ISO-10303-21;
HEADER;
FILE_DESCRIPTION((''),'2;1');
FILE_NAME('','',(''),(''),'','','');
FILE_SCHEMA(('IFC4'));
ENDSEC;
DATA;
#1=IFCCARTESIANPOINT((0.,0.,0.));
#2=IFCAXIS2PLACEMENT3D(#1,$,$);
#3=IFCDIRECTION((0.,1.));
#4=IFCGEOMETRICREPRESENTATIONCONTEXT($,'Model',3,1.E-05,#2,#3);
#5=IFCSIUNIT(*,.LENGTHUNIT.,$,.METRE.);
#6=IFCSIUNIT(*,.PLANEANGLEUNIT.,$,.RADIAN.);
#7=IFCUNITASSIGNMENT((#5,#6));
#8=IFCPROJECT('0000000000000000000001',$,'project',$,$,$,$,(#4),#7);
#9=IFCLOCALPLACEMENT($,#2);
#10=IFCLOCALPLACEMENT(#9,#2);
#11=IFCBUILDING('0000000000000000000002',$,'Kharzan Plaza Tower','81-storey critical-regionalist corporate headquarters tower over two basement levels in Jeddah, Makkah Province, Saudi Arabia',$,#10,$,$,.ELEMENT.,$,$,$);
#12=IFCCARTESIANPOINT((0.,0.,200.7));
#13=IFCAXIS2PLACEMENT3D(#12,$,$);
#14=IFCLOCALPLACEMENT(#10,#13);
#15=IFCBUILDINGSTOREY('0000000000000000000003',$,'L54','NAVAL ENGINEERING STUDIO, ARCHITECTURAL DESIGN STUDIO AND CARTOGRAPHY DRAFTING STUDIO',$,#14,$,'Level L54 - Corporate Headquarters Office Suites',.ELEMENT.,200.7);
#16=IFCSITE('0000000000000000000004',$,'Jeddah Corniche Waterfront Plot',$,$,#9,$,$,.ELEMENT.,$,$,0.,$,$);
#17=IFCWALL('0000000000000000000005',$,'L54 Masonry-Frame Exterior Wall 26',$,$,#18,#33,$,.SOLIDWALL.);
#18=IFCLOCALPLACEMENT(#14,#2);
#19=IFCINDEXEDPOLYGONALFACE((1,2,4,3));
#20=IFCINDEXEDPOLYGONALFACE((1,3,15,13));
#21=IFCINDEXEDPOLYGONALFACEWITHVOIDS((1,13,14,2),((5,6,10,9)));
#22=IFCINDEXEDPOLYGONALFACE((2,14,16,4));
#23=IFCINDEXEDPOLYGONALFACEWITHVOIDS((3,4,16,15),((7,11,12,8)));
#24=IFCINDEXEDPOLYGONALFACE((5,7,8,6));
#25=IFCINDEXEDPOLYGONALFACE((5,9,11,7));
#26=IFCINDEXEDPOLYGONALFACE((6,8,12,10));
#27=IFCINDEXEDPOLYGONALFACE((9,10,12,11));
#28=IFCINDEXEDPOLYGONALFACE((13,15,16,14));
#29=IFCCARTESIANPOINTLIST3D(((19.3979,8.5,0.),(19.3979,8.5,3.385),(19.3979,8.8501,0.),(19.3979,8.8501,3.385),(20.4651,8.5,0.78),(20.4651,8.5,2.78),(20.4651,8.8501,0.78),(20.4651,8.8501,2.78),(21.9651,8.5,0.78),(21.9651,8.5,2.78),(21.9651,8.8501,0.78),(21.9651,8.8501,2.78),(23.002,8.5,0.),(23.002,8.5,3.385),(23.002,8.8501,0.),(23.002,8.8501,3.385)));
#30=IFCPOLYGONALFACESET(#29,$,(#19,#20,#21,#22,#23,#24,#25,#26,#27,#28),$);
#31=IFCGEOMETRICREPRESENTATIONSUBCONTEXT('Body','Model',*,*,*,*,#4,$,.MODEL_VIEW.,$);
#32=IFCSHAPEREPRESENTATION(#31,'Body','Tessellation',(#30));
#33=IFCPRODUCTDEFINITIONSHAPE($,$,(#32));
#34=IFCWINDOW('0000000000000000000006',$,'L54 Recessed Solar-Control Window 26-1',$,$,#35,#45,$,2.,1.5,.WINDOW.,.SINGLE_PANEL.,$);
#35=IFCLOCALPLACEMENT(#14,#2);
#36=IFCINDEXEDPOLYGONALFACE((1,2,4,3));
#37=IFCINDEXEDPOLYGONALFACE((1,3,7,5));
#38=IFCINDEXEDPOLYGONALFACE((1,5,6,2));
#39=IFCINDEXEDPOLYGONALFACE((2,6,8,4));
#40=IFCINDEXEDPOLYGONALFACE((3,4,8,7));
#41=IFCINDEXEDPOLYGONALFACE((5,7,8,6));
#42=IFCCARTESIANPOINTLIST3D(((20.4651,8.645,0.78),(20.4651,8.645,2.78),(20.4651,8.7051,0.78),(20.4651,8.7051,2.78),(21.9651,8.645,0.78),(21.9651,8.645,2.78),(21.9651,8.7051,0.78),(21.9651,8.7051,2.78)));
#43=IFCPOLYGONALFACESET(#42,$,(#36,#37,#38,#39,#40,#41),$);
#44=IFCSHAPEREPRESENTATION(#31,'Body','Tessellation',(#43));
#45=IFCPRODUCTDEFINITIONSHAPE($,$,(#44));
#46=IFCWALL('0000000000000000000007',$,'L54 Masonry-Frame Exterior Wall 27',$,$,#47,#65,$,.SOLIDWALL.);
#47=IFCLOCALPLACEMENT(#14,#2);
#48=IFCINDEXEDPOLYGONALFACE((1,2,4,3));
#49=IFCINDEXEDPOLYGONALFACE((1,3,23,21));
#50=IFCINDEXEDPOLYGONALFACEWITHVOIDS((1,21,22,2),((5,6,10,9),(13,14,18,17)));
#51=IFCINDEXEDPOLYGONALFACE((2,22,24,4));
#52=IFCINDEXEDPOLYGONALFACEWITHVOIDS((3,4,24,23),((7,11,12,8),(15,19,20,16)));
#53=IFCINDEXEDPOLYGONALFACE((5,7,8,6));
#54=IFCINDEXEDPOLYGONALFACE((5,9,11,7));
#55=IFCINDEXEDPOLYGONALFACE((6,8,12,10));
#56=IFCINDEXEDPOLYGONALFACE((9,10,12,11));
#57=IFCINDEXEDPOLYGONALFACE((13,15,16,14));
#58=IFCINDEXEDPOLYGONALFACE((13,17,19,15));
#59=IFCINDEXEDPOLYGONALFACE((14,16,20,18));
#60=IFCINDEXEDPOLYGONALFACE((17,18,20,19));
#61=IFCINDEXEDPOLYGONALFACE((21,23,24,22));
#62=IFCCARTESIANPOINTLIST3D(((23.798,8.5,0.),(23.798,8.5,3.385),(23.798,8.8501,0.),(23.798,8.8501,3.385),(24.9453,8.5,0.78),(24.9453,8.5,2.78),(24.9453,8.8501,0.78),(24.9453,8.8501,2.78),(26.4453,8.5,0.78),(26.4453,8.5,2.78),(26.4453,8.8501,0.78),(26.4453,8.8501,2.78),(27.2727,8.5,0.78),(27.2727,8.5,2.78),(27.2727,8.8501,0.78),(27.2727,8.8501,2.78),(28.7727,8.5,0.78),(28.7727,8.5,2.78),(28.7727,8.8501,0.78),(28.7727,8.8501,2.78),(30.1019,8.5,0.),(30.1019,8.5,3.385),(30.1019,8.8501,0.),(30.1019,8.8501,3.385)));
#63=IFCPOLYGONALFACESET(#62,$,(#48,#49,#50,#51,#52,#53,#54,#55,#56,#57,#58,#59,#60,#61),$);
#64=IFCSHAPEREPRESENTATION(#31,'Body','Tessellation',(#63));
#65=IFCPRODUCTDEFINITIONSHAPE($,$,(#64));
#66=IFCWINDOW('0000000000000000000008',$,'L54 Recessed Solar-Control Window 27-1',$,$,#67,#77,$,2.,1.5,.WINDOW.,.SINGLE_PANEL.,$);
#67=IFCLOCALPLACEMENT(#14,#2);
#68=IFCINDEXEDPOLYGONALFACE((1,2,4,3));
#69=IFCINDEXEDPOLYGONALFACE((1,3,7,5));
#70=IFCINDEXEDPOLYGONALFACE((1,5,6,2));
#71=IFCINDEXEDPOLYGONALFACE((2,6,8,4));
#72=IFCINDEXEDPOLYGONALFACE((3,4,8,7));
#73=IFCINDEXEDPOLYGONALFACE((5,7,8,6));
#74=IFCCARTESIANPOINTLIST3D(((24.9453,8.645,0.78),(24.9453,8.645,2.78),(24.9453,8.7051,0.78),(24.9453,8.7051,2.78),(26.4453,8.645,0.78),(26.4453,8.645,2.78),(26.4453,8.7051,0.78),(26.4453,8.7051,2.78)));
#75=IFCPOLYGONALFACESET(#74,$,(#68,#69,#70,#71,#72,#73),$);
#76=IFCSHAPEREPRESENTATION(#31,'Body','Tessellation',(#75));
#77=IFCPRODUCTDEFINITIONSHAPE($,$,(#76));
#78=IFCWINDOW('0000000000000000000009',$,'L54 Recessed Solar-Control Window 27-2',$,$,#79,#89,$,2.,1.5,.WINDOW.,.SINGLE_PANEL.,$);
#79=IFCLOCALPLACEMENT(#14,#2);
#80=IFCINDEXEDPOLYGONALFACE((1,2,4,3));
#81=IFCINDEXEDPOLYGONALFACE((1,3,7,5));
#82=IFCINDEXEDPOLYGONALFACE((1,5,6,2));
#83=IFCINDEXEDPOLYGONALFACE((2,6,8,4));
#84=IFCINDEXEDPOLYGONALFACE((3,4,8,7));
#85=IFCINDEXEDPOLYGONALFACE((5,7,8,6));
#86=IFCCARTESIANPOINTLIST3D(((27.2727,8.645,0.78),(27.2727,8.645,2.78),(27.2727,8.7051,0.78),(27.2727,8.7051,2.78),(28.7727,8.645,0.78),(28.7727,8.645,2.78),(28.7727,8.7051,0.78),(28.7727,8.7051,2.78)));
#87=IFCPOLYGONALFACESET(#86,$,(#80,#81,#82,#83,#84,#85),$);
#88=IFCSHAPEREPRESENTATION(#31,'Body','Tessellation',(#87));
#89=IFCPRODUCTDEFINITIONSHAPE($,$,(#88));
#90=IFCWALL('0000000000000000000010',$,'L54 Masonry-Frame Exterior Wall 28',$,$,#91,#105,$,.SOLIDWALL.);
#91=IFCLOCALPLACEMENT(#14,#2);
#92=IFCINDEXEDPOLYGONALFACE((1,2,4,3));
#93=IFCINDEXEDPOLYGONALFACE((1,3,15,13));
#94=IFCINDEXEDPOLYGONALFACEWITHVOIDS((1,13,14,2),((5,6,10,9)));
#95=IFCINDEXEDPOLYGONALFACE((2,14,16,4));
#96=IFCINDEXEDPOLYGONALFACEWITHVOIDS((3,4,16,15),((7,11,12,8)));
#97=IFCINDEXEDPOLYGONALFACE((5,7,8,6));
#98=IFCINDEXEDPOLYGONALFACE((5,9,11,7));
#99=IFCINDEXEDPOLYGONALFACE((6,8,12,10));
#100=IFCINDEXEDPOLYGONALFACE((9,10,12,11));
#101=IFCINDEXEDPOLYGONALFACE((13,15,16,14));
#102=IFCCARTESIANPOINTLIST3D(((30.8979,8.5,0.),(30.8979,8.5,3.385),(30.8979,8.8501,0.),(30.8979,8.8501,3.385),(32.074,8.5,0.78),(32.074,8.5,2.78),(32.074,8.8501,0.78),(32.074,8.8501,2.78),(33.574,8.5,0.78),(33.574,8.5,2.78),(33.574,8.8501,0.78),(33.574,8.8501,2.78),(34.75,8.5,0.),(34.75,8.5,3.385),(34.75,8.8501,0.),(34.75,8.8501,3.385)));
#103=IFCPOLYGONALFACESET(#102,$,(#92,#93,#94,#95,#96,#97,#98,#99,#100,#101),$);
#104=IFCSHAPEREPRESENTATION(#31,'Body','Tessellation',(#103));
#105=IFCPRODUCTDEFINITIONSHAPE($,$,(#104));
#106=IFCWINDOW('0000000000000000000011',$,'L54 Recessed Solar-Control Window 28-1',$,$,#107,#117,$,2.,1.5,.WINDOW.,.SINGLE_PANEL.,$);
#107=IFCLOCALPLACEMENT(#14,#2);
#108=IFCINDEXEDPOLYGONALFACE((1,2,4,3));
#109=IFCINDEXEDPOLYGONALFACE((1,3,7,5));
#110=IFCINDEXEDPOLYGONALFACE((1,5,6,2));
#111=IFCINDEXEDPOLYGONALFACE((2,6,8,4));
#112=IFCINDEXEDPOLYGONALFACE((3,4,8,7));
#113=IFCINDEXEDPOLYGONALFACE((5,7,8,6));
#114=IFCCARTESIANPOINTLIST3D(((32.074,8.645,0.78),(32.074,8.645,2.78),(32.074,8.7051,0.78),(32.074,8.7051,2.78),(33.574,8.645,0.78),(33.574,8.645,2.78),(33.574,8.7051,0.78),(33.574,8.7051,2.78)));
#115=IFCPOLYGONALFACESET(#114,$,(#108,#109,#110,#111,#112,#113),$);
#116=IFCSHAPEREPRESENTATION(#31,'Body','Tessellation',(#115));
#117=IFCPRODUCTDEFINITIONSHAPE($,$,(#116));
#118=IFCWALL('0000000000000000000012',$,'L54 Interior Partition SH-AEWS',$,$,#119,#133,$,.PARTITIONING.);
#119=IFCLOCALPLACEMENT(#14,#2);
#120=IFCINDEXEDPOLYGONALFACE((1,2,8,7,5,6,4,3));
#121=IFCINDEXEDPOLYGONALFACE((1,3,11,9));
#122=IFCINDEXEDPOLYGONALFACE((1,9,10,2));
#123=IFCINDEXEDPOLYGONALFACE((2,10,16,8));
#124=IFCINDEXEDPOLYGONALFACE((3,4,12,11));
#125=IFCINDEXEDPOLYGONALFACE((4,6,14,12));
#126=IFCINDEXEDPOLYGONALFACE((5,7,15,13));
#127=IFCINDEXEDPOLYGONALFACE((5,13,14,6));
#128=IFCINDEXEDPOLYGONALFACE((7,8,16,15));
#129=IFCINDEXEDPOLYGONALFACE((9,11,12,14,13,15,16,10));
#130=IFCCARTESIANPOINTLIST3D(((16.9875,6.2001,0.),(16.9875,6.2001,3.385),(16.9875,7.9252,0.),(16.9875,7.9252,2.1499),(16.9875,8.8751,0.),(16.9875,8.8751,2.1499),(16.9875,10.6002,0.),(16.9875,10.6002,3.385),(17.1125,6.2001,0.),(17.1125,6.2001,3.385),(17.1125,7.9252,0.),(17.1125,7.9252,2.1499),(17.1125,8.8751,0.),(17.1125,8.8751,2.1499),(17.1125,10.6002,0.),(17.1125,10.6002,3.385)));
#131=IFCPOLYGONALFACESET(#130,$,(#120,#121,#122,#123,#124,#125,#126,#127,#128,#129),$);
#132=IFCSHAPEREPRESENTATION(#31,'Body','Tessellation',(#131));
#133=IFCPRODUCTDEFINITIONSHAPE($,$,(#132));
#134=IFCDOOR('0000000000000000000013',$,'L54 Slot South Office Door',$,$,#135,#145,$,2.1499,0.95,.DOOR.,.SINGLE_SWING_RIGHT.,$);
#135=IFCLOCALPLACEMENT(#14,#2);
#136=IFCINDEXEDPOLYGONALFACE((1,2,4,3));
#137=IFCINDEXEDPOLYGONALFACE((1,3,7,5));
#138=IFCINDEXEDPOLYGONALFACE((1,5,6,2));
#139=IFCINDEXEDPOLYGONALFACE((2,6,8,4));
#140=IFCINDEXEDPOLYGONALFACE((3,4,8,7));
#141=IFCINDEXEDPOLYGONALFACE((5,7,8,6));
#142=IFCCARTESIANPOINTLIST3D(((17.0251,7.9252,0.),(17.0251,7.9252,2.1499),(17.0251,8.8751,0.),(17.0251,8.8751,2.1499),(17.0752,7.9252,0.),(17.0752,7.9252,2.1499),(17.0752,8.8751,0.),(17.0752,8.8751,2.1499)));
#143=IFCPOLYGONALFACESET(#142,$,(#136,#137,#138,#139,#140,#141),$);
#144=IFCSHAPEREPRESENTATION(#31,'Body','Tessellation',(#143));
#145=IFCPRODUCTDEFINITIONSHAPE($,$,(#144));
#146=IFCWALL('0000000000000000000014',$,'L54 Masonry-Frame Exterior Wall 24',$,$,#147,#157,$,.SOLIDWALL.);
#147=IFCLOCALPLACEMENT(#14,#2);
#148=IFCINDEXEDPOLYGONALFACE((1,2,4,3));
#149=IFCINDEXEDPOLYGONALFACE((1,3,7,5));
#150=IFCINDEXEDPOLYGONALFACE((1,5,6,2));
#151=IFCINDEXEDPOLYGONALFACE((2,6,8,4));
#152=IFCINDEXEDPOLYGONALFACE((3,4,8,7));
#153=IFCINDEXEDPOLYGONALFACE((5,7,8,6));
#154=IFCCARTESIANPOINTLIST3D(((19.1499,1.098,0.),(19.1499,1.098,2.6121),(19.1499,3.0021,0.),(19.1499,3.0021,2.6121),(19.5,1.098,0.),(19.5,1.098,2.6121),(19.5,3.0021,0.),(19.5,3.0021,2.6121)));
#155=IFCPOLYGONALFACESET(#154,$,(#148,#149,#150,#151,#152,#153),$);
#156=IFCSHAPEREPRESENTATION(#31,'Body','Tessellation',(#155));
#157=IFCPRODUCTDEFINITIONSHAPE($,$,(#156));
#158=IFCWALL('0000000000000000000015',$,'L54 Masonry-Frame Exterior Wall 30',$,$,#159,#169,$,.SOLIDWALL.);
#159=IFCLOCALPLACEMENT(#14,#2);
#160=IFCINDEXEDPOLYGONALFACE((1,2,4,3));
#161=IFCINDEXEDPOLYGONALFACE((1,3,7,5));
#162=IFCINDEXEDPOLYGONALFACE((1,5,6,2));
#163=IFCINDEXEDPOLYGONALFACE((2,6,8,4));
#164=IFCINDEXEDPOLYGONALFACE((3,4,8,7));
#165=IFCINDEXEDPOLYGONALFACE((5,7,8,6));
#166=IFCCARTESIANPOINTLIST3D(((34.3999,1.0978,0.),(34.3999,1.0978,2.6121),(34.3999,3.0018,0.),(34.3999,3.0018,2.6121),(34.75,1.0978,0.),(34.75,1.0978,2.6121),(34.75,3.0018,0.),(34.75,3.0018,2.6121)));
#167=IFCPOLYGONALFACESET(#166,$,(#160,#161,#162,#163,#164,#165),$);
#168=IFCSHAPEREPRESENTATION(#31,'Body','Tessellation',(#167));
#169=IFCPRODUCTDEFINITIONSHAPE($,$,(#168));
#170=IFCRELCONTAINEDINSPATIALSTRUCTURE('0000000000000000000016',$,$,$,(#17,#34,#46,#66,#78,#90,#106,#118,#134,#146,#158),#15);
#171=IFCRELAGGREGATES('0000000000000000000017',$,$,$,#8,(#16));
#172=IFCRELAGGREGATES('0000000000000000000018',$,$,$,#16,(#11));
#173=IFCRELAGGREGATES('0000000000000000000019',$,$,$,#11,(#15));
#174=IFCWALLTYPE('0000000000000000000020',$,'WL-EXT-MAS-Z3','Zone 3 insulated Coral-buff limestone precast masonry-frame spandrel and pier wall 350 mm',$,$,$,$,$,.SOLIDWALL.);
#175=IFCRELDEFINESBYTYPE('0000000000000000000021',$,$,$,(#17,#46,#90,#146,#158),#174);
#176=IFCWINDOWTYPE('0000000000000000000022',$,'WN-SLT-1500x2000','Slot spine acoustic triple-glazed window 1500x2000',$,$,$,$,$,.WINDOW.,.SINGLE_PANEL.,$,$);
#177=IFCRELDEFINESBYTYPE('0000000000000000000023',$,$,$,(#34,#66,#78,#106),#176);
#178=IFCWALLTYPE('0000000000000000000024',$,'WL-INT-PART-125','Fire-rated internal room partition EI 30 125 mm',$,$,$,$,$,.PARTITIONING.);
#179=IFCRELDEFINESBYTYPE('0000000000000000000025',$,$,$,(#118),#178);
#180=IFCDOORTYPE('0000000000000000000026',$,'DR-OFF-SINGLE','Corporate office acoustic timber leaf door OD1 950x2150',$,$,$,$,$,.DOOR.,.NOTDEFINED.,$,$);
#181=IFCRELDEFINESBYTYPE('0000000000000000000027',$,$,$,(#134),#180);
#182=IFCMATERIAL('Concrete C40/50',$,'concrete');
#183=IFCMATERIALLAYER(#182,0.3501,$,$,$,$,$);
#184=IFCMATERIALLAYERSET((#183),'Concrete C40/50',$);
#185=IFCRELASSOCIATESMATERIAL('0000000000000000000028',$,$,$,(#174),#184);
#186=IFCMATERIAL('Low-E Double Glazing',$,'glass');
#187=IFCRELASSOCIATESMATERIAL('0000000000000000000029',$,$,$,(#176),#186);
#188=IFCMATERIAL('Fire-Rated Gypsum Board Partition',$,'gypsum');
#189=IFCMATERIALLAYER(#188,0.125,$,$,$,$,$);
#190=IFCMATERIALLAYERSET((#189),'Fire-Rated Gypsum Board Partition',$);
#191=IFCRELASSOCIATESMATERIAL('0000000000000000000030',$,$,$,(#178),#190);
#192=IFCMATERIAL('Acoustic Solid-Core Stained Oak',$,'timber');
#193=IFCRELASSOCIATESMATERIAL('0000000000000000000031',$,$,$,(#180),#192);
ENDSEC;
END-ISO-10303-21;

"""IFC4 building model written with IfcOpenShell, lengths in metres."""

from ifc_helpers import new_model, si_unit, direction, frame, frame_2d, origin, place, context, subcontext, project, spatial, rectangle, extrude, source, transform, mapped, material, layer, layer_set, type_object, element, fill, save


model = new_model("IFC4")

# Units and contexts
model_context = context("Model", 3, precision=1e-05, world=origin(), true_north=direction((0.0, 1.0)))
body_context = subcontext(model_context, "Body", "Model", "MODEL_VIEW")
ifc_project = project(units=[si_unit("LENGTHUNIT", "METRE"), si_unit("PLANEANGLEUNIT", "RADIAN")], contexts=[model_context])

# Site, building, storey
site_placement = place(None, origin())
site = spatial("IfcSite", under=ifc_project, at=site_placement, Name="Jeddah Corniche Waterfront Plot", CompositionType="ELEMENT", RefElevation=0.0)
building_placement = place(site_placement, origin())
building = spatial("IfcBuilding", under=site, at=building_placement, Name="Kharzan Plaza Tower", Description="81-storey critical-regionalist corporate headquarters tower over two basement levels in Jeddah, Makkah Province, Saudi Arabia", CompositionType="ELEMENT")
storey_placement = place(building_placement, frame((0.0, 0.0, 200.7)))
storey = spatial("IfcBuildingStorey", under=building, at=storey_placement, Name="L54", Description="NAVAL ENGINEERING STUDIO, ARCHITECTURAL DESIGN STUDIO AND CARTOGRAPHY DRAFTING STUDIO", LongName="Level L54 - Corporate Headquarters Office Suites", CompositionType="ELEMENT", Elevation=200.7)

# Wall, opening, window
ifc_material_1 = material(Name="Concrete C40/50", Category="concrete")
ifc_layer_1 = layer(ifc_material_1, 0.3501)
ifc_layer_set_1 = layer_set([ifc_layer_1], Name="Concrete C40/50")
wall_type_1 = type_object("IfcWallType", Name="WL-EXT-MAS-Z3", Description="Zone 3 insulated Coral-buff limestone precast masonry-frame spandrel and pier wall 350 mm", PredefinedType="SOLIDWALL", material=ifc_layer_set_1)
wall_1_placement = place(storey_placement, frame((19.3979, 8.675, 0.0), z_axis=(0.0, 0.0, 1.0), x_axis=(1.0, 0.0, 0.0)))
wall_1 = element("IfcWall", 1, at=wall_1_placement, inside=storey, type_object=wall_type_1, Name="L54 Masonry-Frame Exterior Wall 26", PredefinedType="SOLIDWALL", context=body_context, shape_type="SweptSolid", body=[
    extrude(rectangle(XDim=3.604, YDim=0.3501, at=frame_2d((1.802, 0.0))), origin(), (0.0, 0.0, 1.0), 3.385),
])
opening_1_placement = place(wall_1_placement, frame((1.0671, 0.0, 0.78)))
opening_1 = element("IfcOpeningElement", 2, at=opening_1_placement, cuts=wall_1, PredefinedType="OPENING", context=body_context, shape_type="SweptSolid", body=[
    extrude(rectangle(XDim=1.5, YDim=2.0, at=frame_2d((0.75, 1.0))), frame((0.0, 0.1851, 0.0), z_axis=(0.0, -1.0, 0.0), x_axis=(1.0, 0.0, 0.0)), (0.0, 0.0, 1.0), 0.3701),
])
ifc_material_2 = material(Name="Low-E Double Glazing", Category="glass")
window_type = type_object("IfcWindowType", Name="WN-SLT-1500x2000", Description="Slot spine acoustic triple-glazed window 1500x2000", PartitioningType="SINGLE_PANEL", PredefinedType="WINDOW", material=ifc_material_2)
shared_shape_1 = source(origin(), body_context, "Body", "SweptSolid", [
    extrude(rectangle(XDim=1.5, YDim=2.0, at=frame_2d((0.75, 1.0))), frame((0.0, 0.03, 0.0), z_axis=(0.0, -1.0, 0.0), x_axis=(1.0, 0.0, 0.0)), (0.0, 0.0, 1.0), 0.0601),
])
window_1_placement = place(opening_1_placement, origin())
window_1 = element("IfcWindow", 3, at=window_1_placement, inside=storey, type_object=window_type, Name="L54 Recessed Solar-Control Window 26-1", OverallHeight=2.0, OverallWidth=1.5, PartitioningType="SINGLE_PANEL", PredefinedType="WINDOW", context=body_context, shape_type="MappedRepresentation", body=[
    mapped(shared_shape_1, transform((0.0, 0.0, 0.0), x_axis=(1.0, 0.0, 0.0), y_axis=(0.0, 1.0, 0.0), z_axis=(0.0, 0.0, 1.0))),
])
fill(opening_1, window_1)

# Wall, openings, windows
wall_2_placement = place(storey_placement, frame((23.7981, 8.675, 0.0), z_axis=(0.0, 0.0, 1.0), x_axis=(1.0, 0.0, 0.0)))
wall_2 = element("IfcWall", 4, at=wall_2_placement, inside=storey, type_object=wall_type_1, Name="L54 Masonry-Frame Exterior Wall 27", PredefinedType="SOLIDWALL", context=body_context, shape_type="SweptSolid", body=[
    extrude(rectangle(XDim=6.304, YDim=0.3501, at=frame_2d((3.1519, 0.0))), origin(), (0.0, 0.0, 1.0), 3.385),
])
opening_2_placement = place(wall_2_placement, frame((1.1472, 0.0, 0.78)))
opening_2 = element("IfcOpeningElement", 5, at=opening_2_placement, cuts=wall_2, PredefinedType="OPENING", context=body_context, shape_type="SweptSolid", body=[
    extrude(rectangle(XDim=1.5, YDim=2.0, at=frame_2d((0.75, 1.0))), frame((0.0, 0.1851, 0.0), z_axis=(0.0, -1.0, 0.0), x_axis=(1.0, 0.0, 0.0)), (0.0, 0.0, 1.0), 0.3701),
])
opening_3_placement = place(wall_2_placement, frame((3.4746, 0.0, 0.78)))
opening_3 = element("IfcOpeningElement", 6, at=opening_3_placement, cuts=wall_2, PredefinedType="OPENING", context=body_context, shape_type="SweptSolid", body=[
    extrude(rectangle(XDim=1.5, YDim=2.0, at=frame_2d((0.75, 1.0))), frame((0.0, 0.1851, 0.0), z_axis=(0.0, -1.0, 0.0), x_axis=(1.0, 0.0, 0.0)), (0.0, 0.0, 1.0), 0.3701),
])
window_2_placement = place(opening_2_placement, origin())
window_2 = element("IfcWindow", 7, at=window_2_placement, inside=storey, type_object=window_type, Name="L54 Recessed Solar-Control Window 27-1", OverallHeight=2.0, OverallWidth=1.5, PartitioningType="SINGLE_PANEL", PredefinedType="WINDOW", context=body_context, shape_type="MappedRepresentation", body=[
    mapped(shared_shape_1, transform((0.0, 0.0, 0.0), x_axis=(1.0, 0.0, 0.0), y_axis=(0.0, 1.0, 0.0), z_axis=(0.0, 0.0, 1.0))),
])
fill(opening_2, window_2)
window_3_placement = place(opening_3_placement, origin())
window_3 = element("IfcWindow", 8, at=window_3_placement, inside=storey, type_object=window_type, Name="L54 Recessed Solar-Control Window 27-2", OverallHeight=2.0, OverallWidth=1.5, PartitioningType="SINGLE_PANEL", PredefinedType="WINDOW", context=body_context, shape_type="MappedRepresentation", body=[
    mapped(shared_shape_1, transform((0.0, 0.0, 0.0), x_axis=(1.0, 0.0, 0.0), y_axis=(0.0, 1.0, 0.0), z_axis=(0.0, 0.0, 1.0))),
])
fill(opening_3, window_3)

# Wall, opening, window
wall_3_placement = place(storey_placement, frame((30.8979, 8.675, 0.0), z_axis=(0.0, 0.0, 1.0), x_axis=(1.0, 0.0, 0.0)))
wall_3 = element("IfcWall", 9, at=wall_3_placement, inside=storey, type_object=wall_type_1, Name="L54 Masonry-Frame Exterior Wall 28", PredefinedType="SOLIDWALL", context=body_context, shape_type="SweptSolid", body=[
    extrude(rectangle(XDim=3.8521, YDim=0.3501, at=frame_2d((1.926, 0.0))), origin(), (0.0, 0.0, 1.0), 3.385),
])
opening_4_placement = place(wall_3_placement, frame((1.176, 0.0, 0.78)))
opening_4 = element("IfcOpeningElement", 10, at=opening_4_placement, cuts=wall_3, PredefinedType="OPENING", context=body_context, shape_type="SweptSolid", body=[
    extrude(rectangle(XDim=1.5, YDim=2.0, at=frame_2d((0.75, 1.0))), frame((0.0, 0.1851, 0.0), z_axis=(0.0, -1.0, 0.0), x_axis=(1.0, 0.0, 0.0)), (0.0, 0.0, 1.0), 0.3701),
])
window_4_placement = place(opening_4_placement, origin())
window_4 = element("IfcWindow", 11, at=window_4_placement, inside=storey, type_object=window_type, Name="L54 Recessed Solar-Control Window 28-1", OverallHeight=2.0, OverallWidth=1.5, PartitioningType="SINGLE_PANEL", PredefinedType="WINDOW", context=body_context, shape_type="MappedRepresentation", body=[
    mapped(shared_shape_1, transform((0.0, 0.0, 0.0), x_axis=(1.0, 0.0, 0.0), y_axis=(0.0, 1.0, 0.0), z_axis=(0.0, 0.0, 1.0))),
])
fill(opening_4, window_4)

# Wall, opening, door
ifc_material_3 = material(Name="Fire-Rated Gypsum Board Partition", Category="gypsum")
ifc_layer_2 = layer(ifc_material_3, 0.125)
ifc_layer_set_2 = layer_set([ifc_layer_2], Name="Fire-Rated Gypsum Board Partition")
wall_type_2 = type_object("IfcWallType", Name="WL-INT-PART-125", Description="Fire-rated internal room partition EI 30 125 mm", PredefinedType="PARTITIONING", material=ifc_layer_set_2)
wall_4_placement = place(storey_placement, frame((17.05, 6.2, 0.0), z_axis=(0.0, 0.0, 1.0), x_axis=(0.0, 1.0, 0.0)))
wall_4 = element("IfcWall", 12, at=wall_4_placement, inside=storey, type_object=wall_type_2, Name="L54 Interior Partition SH-AEWS", PredefinedType="PARTITIONING", context=body_context, shape_type="SweptSolid", body=[
    extrude(rectangle(XDim=4.4001, YDim=0.125, at=frame_2d((2.2002, 0.0))), origin(), (0.0, 0.0, 1.0), 3.385),
])
opening_5_placement = place(wall_4_placement, frame((1.7251, 0.0, 0.0)))
opening_5 = element("IfcOpeningElement", 13, at=opening_5_placement, cuts=wall_4, PredefinedType="OPENING", context=body_context, shape_type="SweptSolid", body=[
    extrude(rectangle(XDim=0.95, YDim=2.1499, at=frame_2d((0.4751, 1.075))), frame((0.0, 0.0725, 0.0), z_axis=(0.0, -1.0, 0.0), x_axis=(1.0, 0.0, 0.0)), (0.0, 0.0, 1.0), 0.145),
])
ifc_material_4 = material(Name="Acoustic Solid-Core Stained Oak", Category="timber")
door_type = type_object("IfcDoorType", Name="DR-OFF-SINGLE", Description="Corporate office acoustic timber leaf door OD1 950x2150", OperationType="NOTDEFINED", PredefinedType="DOOR", material=ifc_material_4)
shared_shape_2 = source(origin(), body_context, "Body", "SweptSolid", [
    extrude(rectangle(XDim=0.95, YDim=2.1499, at=frame_2d((0.4751, 1.075))), frame((0.0, 0.0249, 0.0), z_axis=(0.0, -1.0, 0.0), x_axis=(1.0, 0.0, 0.0)), (0.0, 0.0, 1.0), 0.05),
])
door_placement = place(opening_5_placement, origin())
door = element("IfcDoor", 14, at=door_placement, inside=storey, type_object=door_type, Name="L54 Slot South Office Door", OperationType="SINGLE_SWING_RIGHT", OverallHeight=2.1499, OverallWidth=0.95, PredefinedType="DOOR", context=body_context, shape_type="MappedRepresentation", body=[
    mapped(shared_shape_2, transform((0.0, 0.0, 0.0), x_axis=(1.0, 0.0, 0.0), y_axis=(0.0, 1.0, 0.0), z_axis=(0.0, 0.0, 1.0))),
])
fill(opening_5, door)

# Walls
shared_shape_3 = source(origin(), body_context, "Body", "SweptSolid", [
    extrude(rectangle(XDim=1.9041, YDim=0.3501, at=frame_2d((0.9521, 0.0))), origin(), (0.0, 0.0, 1.0), 2.6121),
])
for number, where, z_axis, x_axis, name in (
    (15, (19.325, 1.0979, 0.0), (0.0, 0.0, 1.0), (0.0, 1.0, 0.0), "L54 Masonry-Frame Exterior Wall 24"),
    (16, (34.575, 3.002, 0.0), (0.0, 0.0, 1.0), (0.0, -1.0, 0.0), "L54 Masonry-Frame Exterior Wall 30"),
):
    element("IfcWall", number, at=place(storey_placement, frame(where, z_axis=z_axis, x_axis=x_axis)), inside=storey, type_object=wall_type_1, Name=name, PredefinedType="SOLIDWALL", context=body_context, shape_type="MappedRepresentation", body=[
        mapped(shared_shape_3, transform((0.0, 0.0, 0.0), x_axis=(1.0, 0.0, 0.0), y_axis=(0.0, 1.0, 0.0), z_axis=(0.0, 0.0, 1.0))),
    ])

save(model, "model.ifc")
